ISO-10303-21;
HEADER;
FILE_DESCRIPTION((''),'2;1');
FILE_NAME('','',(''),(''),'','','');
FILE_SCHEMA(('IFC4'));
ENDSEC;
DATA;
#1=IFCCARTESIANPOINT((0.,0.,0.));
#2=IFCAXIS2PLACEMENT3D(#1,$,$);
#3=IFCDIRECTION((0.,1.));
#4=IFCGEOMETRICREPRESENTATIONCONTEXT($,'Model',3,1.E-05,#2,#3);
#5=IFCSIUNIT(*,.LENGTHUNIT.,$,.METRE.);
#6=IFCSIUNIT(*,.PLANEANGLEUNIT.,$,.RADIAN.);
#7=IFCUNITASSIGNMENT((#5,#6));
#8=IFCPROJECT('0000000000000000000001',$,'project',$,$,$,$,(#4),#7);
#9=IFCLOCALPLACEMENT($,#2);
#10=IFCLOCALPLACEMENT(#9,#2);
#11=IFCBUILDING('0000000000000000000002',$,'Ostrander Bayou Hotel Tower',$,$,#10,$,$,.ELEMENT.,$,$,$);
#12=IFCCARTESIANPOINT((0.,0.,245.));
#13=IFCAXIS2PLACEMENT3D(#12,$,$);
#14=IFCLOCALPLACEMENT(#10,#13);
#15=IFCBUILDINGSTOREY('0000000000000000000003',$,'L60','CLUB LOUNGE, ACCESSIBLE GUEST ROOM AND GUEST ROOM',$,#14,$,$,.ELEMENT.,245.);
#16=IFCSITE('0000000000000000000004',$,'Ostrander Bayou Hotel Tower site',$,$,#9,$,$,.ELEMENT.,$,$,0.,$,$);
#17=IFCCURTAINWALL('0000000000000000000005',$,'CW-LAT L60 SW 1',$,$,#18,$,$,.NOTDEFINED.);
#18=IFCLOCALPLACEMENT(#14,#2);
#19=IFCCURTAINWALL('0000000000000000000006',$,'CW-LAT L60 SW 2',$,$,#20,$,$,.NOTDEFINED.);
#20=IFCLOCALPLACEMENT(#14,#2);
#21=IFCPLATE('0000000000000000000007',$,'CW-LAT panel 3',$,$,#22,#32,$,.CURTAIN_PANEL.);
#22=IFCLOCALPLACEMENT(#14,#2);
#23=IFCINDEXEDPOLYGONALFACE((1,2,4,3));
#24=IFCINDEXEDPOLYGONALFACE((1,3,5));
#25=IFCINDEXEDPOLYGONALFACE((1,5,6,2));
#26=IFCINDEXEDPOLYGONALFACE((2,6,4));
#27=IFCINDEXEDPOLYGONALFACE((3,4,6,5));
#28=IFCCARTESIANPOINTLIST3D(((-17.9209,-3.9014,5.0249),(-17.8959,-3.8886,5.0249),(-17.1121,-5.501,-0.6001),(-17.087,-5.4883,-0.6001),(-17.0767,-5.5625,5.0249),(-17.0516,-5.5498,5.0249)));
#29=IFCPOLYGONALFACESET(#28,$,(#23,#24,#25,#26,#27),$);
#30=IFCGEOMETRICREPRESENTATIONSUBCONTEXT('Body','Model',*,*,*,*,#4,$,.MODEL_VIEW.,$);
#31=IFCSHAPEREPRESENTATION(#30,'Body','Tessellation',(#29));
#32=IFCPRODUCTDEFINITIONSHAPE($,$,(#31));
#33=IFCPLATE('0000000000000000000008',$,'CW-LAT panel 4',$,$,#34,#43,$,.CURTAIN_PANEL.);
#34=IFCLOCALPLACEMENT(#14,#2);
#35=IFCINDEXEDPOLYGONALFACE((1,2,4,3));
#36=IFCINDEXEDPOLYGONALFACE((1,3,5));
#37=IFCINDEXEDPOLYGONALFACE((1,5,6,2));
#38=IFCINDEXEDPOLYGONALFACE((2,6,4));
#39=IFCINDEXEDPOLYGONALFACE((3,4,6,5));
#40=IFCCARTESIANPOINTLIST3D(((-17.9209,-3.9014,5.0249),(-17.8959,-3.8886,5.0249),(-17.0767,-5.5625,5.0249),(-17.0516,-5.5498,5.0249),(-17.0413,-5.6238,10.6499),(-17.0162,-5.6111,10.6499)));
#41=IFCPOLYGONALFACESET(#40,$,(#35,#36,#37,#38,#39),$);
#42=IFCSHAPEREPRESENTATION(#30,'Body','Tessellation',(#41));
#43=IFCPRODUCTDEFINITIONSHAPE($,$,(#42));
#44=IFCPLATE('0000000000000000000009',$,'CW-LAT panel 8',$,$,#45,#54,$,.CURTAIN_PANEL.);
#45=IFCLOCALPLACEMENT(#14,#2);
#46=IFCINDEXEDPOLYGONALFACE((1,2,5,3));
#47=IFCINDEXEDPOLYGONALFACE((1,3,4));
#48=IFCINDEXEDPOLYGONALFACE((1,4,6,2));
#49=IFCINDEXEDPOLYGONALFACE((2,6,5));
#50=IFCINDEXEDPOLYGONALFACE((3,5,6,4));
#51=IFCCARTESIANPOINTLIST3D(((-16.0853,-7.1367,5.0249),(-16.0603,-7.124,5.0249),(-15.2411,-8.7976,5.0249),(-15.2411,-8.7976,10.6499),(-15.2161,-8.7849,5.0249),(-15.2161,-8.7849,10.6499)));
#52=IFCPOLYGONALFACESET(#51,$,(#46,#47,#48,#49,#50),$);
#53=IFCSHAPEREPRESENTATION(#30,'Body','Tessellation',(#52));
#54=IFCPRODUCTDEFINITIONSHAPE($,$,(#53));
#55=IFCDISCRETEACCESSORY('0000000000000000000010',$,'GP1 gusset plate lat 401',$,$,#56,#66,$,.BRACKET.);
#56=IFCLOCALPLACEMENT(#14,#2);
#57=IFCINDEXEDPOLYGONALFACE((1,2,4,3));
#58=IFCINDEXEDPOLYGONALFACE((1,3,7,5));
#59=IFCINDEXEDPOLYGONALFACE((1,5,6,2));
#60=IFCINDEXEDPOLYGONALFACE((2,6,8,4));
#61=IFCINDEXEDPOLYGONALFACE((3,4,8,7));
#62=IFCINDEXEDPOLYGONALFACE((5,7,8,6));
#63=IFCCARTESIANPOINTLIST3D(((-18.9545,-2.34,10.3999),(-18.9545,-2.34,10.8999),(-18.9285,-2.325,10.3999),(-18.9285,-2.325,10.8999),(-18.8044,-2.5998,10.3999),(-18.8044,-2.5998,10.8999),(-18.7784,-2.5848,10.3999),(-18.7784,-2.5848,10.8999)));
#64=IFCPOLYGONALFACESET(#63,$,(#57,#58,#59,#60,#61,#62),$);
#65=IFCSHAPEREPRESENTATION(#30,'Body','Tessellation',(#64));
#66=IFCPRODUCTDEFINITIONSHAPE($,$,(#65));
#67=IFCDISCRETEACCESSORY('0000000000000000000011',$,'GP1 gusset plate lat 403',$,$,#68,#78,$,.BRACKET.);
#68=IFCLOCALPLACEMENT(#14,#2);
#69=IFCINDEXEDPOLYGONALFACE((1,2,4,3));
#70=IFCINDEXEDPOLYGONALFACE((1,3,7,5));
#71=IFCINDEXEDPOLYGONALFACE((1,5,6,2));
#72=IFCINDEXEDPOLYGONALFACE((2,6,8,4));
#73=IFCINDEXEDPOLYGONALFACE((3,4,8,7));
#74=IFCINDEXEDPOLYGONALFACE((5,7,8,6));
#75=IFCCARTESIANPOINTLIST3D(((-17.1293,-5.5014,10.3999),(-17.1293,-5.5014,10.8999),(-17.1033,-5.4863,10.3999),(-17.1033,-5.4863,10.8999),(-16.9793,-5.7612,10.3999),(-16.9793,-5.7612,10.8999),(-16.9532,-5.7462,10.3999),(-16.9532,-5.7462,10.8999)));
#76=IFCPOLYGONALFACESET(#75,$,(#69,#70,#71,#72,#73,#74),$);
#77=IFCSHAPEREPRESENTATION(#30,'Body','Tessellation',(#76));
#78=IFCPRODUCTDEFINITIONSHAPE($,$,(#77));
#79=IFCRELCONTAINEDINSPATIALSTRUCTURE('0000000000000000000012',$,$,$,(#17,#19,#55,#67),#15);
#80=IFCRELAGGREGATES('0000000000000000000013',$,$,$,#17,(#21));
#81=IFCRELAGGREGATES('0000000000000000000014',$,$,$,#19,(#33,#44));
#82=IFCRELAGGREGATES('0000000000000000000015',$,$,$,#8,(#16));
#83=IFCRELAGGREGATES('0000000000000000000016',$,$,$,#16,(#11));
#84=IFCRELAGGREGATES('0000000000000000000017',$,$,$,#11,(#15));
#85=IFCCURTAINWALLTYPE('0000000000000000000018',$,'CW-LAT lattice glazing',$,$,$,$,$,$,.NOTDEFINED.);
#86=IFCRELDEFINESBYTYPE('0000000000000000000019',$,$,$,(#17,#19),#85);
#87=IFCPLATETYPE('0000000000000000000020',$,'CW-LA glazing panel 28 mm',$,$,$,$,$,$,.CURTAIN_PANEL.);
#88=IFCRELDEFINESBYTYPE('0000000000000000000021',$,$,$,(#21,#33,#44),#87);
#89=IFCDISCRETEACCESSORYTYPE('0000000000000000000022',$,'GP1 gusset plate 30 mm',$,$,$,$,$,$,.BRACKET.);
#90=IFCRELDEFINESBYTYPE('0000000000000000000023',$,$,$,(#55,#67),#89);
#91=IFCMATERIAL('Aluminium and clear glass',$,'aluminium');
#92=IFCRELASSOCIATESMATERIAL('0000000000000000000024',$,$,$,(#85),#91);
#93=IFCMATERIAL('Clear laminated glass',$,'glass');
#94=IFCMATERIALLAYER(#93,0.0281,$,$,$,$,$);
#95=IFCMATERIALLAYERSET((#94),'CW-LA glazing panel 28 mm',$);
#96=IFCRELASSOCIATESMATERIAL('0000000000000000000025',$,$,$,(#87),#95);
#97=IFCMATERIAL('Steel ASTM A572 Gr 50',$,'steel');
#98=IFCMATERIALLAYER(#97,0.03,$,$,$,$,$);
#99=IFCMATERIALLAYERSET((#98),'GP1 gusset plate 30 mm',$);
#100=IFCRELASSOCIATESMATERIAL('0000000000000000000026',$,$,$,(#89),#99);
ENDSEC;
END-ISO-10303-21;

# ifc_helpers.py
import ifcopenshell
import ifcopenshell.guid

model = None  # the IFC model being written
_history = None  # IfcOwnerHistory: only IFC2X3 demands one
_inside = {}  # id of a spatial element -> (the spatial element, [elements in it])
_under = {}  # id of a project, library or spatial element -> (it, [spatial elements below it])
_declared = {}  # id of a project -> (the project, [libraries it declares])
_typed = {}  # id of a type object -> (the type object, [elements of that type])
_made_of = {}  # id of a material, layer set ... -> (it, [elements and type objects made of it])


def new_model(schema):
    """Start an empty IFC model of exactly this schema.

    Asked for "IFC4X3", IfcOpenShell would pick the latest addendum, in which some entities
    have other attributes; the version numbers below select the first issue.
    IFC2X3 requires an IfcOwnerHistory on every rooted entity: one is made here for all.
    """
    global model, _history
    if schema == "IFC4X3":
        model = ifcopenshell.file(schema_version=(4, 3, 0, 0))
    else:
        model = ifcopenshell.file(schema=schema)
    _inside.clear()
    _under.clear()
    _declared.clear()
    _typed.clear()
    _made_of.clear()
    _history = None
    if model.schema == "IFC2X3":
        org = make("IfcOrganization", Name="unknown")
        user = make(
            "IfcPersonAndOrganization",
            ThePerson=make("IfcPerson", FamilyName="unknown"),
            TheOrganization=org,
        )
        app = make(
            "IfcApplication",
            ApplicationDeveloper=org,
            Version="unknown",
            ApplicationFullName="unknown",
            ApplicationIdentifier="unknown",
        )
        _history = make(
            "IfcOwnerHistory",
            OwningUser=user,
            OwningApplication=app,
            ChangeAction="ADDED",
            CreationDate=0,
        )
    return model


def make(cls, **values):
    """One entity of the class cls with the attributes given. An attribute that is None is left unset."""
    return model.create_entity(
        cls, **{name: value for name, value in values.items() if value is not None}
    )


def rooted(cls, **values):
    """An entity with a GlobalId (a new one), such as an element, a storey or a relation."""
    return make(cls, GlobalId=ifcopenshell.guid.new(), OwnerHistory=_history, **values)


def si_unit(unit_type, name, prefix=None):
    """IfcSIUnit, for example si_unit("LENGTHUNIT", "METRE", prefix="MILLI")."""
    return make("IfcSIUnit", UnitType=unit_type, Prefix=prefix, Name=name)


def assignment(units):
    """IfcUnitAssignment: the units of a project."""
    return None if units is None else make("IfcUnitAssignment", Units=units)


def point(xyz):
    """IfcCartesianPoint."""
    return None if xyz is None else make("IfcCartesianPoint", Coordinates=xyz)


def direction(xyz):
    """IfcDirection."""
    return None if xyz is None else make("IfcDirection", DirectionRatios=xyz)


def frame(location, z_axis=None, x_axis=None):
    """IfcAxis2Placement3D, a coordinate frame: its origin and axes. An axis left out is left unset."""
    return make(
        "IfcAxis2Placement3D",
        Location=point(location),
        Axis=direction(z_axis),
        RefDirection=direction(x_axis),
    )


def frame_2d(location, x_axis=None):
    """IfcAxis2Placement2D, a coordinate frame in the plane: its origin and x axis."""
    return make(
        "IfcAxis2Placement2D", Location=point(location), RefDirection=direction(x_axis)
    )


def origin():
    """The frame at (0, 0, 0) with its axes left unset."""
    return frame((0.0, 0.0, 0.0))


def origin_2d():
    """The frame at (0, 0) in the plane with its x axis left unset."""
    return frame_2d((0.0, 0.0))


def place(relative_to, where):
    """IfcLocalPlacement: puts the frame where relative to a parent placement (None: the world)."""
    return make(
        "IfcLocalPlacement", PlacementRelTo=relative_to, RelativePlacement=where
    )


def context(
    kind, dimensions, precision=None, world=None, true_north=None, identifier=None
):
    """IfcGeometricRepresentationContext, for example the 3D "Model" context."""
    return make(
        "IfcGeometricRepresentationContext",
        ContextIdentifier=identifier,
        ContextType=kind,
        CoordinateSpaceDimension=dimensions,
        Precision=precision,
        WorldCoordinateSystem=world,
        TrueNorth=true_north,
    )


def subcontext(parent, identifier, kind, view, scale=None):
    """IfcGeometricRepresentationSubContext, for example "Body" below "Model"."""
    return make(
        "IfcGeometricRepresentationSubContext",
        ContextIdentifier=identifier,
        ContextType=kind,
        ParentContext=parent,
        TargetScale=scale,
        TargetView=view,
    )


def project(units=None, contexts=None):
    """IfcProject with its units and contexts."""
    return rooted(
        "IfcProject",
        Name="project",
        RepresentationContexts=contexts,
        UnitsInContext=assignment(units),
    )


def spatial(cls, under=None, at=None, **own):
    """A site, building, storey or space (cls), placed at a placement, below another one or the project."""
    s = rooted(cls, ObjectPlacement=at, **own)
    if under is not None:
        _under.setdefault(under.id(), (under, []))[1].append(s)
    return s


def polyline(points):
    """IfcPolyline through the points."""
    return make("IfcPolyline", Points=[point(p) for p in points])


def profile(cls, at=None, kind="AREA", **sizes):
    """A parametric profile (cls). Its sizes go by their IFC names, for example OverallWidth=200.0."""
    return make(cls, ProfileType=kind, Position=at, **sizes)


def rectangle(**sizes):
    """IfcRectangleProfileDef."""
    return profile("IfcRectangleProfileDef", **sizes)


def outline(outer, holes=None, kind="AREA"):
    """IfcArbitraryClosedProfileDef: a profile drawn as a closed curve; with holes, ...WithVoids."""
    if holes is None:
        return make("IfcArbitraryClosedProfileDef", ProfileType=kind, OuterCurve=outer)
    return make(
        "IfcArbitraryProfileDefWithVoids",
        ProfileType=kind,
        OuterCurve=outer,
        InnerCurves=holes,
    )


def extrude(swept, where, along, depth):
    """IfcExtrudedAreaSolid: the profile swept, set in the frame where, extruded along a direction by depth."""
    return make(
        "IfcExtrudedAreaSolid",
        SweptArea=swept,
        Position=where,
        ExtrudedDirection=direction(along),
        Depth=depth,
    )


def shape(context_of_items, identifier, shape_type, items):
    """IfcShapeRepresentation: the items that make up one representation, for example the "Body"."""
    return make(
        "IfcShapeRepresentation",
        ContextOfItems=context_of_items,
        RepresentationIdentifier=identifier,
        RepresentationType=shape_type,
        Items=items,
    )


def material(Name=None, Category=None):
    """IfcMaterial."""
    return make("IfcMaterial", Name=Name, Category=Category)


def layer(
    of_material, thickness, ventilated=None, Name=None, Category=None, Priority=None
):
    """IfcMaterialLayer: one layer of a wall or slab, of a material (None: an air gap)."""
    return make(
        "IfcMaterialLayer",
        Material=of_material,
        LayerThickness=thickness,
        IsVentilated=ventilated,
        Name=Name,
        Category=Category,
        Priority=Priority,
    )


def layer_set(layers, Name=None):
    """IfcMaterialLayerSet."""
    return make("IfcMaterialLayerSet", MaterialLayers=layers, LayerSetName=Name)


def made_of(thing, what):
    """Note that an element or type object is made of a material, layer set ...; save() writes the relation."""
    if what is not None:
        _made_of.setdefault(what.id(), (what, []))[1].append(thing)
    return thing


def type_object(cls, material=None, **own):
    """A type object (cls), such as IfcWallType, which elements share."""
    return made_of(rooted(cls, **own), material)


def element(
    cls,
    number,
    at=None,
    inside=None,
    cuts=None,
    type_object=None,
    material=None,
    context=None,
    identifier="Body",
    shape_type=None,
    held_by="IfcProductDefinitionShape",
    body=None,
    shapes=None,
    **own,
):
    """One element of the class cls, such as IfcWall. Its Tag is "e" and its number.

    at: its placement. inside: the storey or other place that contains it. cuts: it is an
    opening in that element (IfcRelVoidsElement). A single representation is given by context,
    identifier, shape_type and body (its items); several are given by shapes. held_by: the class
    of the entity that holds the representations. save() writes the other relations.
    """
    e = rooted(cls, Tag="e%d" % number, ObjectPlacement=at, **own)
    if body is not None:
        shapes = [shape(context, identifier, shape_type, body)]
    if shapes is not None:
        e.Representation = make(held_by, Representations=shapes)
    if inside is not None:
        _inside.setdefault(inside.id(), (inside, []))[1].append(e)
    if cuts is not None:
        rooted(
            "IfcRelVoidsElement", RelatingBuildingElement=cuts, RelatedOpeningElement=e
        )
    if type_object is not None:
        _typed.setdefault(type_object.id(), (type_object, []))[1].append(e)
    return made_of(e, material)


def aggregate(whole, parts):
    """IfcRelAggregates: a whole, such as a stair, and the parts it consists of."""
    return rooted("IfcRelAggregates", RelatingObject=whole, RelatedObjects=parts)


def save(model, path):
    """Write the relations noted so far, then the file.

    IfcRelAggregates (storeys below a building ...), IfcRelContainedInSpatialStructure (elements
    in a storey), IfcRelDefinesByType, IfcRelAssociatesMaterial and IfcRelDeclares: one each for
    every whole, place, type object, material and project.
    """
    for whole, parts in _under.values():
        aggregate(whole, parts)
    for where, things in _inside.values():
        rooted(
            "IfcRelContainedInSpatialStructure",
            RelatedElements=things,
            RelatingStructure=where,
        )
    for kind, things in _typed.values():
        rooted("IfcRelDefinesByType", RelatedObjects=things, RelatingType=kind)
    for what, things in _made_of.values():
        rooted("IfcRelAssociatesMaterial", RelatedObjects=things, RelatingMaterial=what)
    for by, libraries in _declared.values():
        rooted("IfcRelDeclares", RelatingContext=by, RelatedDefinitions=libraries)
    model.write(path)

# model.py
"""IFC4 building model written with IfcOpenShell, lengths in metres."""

from ifc_helpers import new_model, si_unit, direction, frame, origin, origin_2d, place, context, subcontext, project, spatial, polyline, rectangle, outline, extrude, material, layer, layer_set, type_object, element, aggregate, save


model = new_model("IFC4")

# Units and contexts
model_context = context("Model", 3, precision=1e-05, world=origin(), true_north=direction((0.0, 1.0)))
body_context = subcontext(model_context, "Body", "Model", "MODEL_VIEW")
ifc_project = project(units=[si_unit("LENGTHUNIT", "METRE"), si_unit("PLANEANGLEUNIT", "RADIAN")], contexts=[model_context])

# Site, building, storey
site_placement = place(None, origin())
site = spatial("IfcSite", under=ifc_project, at=site_placement, Name="Ostrander Bayou Hotel Tower site", CompositionType="ELEMENT", RefElevation=0.0)
building_placement = place(site_placement, origin())
building = spatial("IfcBuilding", under=site, at=building_placement, Name="Ostrander Bayou Hotel Tower", CompositionType="ELEMENT")
storey_placement = place(building_placement, frame((0.0, 0.0, 245.0)))
storey = spatial("IfcBuildingStorey", under=building, at=storey_placement, Name="L60", Description="CLUB LOUNGE, ACCESSIBLE GUEST ROOM AND GUEST ROOM", CompositionType="ELEMENT", Elevation=245.0)

# Curtain walls
ifc_material_1 = material(Name="Aluminium and clear glass", Category="aluminium")
curtain_wall_type = type_object("IfcCurtainWallType", Name="CW-LAT lattice glazing", PredefinedType="NOTDEFINED", material=ifc_material_1)
curtain_wall_1_placement = place(storey_placement, origin())
curtain_wall_1 = element("IfcCurtainWall", 1, at=curtain_wall_1_placement, inside=storey, type_object=curtain_wall_type, Name="CW-LAT L60 SW 1", PredefinedType="NOTDEFINED")
curtain_wall_2_placement = place(storey_placement, origin())
curtain_wall_2 = element("IfcCurtainWall", 2, at=curtain_wall_2_placement, inside=storey, type_object=curtain_wall_type, Name="CW-LAT L60 SW 2", PredefinedType="NOTDEFINED")

# Shared definitions
ifc_material_2 = material(Name="Clear laminated glass", Category="glass")
ifc_layer_1 = layer(ifc_material_2, 0.0281)
ifc_layer_set_1 = layer_set([ifc_layer_1], Name="CW-LA glazing panel 28 mm")
plate_type = type_object("IfcPlateType", Name="CW-LA glazing panel 28 mm", PredefinedType="CURTAIN_PANEL", material=ifc_layer_set_1)

# Plates
plate_1_placement = place(storey_placement, frame((-17.9209, -3.9014, 5.0249), z_axis=(-0.891473, -0.453074, 0.000655), x_axis=(0.137005, -0.270951, -0.952793)))
plate_1 = element("IfcPlate", 3, at=plate_1_placement, type_object=plate_type, Name="CW-LAT panel 3", PredefinedType="CURTAIN_PANEL", context=body_context, shape_type="SweptSolid", body=[
    extrude(outline(polyline([(0.0, 0.0), (5.9037, 0.0), (0.5658, 1.7754), (0.0, 0.0)])), origin(), (0.0, 0.0, -1.0), 0.0281),
])
aggregate(curtain_wall_1, [plate_1])
plate_2_placement = place(storey_placement, frame((-17.9209, -3.9014, 5.0249), z_axis=(-0.891473, -0.453074, 0.000675), x_axis=(0.147883, -0.289569, 0.945664)))
plate_2 = element("IfcPlate", 4, at=plate_2_placement, type_object=plate_type, Name="CW-LAT panel 4", PredefinedType="CURTAIN_PANEL", context=body_context, shape_type="SweptSolid", body=[
    extrude(outline(polyline([(0.0, 0.0), (5.9482, 0.0), (0.6059, -1.7621), (0.0, 0.0)])), origin(), (0.0, 0.0, -1.0), 0.0281),
])
plate_3_placement = place(storey_placement, frame((-16.0603, -7.124, 5.0249), z_axis=(0.891446, 0.453127, 0.0), x_axis=(0.142475, -0.280294, 0.949282)))
plate_3 = element("IfcPlate", 5, at=plate_3_placement, type_object=plate_type, Name="CW-LAT panel 8", PredefinedType="CURTAIN_PANEL", context=body_context, shape_type="SweptSolid", body=[
    extrude(outline(polyline([(0.0, 0.0), (5.9255, 0.0), (0.5858, 1.7686), (0.0, 0.0)])), origin(), (0.0, 0.0, -1.0), 0.0281),
])
aggregate(curtain_wall_2, [plate_2, plate_3])

# Discrete accessories
ifc_material_3 = material(Name="Steel ASTM A572 Gr 50", Category="steel")
ifc_layer_2 = layer(ifc_material_3, 0.03)
ifc_layer_set_2 = layer_set([ifc_layer_2], Name="GP1 gusset plate 30 mm")
discrete_accessory_type = type_object("IfcDiscreteAccessoryType", Name="GP1 gusset plate 30 mm", PredefinedType="BRACKET", material=ifc_layer_set_2)
for number, where, z_axis, x_axis, name in (
    (6, (-18.8665, -2.4624, 10.3999), (0.0, 0.0, 1.0), (0.5, -0.866025, 0.0), "GP1 gusset plate lat 401"),
    (7, (-17.0413, -5.6238, 10.3999), (0.0, 0.0, 1.0), (0.5, -0.866025, 0.0), "GP1 gusset plate lat 403"),
):
    element("IfcDiscreteAccessory", number, at=place(storey_placement, frame(where, z_axis=z_axis, x_axis=x_axis)), inside=storey, type_object=discrete_accessory_type, Name=name, PredefinedType="BRACKET", context=body_context, shape_type="SweptSolid", body=[
        extrude(rectangle(XDim=0.3, YDim=0.03, at=origin_2d()), origin(), (0.0, 0.0, 1.0), 0.5),
    ])

save(model, "model.ifc")
